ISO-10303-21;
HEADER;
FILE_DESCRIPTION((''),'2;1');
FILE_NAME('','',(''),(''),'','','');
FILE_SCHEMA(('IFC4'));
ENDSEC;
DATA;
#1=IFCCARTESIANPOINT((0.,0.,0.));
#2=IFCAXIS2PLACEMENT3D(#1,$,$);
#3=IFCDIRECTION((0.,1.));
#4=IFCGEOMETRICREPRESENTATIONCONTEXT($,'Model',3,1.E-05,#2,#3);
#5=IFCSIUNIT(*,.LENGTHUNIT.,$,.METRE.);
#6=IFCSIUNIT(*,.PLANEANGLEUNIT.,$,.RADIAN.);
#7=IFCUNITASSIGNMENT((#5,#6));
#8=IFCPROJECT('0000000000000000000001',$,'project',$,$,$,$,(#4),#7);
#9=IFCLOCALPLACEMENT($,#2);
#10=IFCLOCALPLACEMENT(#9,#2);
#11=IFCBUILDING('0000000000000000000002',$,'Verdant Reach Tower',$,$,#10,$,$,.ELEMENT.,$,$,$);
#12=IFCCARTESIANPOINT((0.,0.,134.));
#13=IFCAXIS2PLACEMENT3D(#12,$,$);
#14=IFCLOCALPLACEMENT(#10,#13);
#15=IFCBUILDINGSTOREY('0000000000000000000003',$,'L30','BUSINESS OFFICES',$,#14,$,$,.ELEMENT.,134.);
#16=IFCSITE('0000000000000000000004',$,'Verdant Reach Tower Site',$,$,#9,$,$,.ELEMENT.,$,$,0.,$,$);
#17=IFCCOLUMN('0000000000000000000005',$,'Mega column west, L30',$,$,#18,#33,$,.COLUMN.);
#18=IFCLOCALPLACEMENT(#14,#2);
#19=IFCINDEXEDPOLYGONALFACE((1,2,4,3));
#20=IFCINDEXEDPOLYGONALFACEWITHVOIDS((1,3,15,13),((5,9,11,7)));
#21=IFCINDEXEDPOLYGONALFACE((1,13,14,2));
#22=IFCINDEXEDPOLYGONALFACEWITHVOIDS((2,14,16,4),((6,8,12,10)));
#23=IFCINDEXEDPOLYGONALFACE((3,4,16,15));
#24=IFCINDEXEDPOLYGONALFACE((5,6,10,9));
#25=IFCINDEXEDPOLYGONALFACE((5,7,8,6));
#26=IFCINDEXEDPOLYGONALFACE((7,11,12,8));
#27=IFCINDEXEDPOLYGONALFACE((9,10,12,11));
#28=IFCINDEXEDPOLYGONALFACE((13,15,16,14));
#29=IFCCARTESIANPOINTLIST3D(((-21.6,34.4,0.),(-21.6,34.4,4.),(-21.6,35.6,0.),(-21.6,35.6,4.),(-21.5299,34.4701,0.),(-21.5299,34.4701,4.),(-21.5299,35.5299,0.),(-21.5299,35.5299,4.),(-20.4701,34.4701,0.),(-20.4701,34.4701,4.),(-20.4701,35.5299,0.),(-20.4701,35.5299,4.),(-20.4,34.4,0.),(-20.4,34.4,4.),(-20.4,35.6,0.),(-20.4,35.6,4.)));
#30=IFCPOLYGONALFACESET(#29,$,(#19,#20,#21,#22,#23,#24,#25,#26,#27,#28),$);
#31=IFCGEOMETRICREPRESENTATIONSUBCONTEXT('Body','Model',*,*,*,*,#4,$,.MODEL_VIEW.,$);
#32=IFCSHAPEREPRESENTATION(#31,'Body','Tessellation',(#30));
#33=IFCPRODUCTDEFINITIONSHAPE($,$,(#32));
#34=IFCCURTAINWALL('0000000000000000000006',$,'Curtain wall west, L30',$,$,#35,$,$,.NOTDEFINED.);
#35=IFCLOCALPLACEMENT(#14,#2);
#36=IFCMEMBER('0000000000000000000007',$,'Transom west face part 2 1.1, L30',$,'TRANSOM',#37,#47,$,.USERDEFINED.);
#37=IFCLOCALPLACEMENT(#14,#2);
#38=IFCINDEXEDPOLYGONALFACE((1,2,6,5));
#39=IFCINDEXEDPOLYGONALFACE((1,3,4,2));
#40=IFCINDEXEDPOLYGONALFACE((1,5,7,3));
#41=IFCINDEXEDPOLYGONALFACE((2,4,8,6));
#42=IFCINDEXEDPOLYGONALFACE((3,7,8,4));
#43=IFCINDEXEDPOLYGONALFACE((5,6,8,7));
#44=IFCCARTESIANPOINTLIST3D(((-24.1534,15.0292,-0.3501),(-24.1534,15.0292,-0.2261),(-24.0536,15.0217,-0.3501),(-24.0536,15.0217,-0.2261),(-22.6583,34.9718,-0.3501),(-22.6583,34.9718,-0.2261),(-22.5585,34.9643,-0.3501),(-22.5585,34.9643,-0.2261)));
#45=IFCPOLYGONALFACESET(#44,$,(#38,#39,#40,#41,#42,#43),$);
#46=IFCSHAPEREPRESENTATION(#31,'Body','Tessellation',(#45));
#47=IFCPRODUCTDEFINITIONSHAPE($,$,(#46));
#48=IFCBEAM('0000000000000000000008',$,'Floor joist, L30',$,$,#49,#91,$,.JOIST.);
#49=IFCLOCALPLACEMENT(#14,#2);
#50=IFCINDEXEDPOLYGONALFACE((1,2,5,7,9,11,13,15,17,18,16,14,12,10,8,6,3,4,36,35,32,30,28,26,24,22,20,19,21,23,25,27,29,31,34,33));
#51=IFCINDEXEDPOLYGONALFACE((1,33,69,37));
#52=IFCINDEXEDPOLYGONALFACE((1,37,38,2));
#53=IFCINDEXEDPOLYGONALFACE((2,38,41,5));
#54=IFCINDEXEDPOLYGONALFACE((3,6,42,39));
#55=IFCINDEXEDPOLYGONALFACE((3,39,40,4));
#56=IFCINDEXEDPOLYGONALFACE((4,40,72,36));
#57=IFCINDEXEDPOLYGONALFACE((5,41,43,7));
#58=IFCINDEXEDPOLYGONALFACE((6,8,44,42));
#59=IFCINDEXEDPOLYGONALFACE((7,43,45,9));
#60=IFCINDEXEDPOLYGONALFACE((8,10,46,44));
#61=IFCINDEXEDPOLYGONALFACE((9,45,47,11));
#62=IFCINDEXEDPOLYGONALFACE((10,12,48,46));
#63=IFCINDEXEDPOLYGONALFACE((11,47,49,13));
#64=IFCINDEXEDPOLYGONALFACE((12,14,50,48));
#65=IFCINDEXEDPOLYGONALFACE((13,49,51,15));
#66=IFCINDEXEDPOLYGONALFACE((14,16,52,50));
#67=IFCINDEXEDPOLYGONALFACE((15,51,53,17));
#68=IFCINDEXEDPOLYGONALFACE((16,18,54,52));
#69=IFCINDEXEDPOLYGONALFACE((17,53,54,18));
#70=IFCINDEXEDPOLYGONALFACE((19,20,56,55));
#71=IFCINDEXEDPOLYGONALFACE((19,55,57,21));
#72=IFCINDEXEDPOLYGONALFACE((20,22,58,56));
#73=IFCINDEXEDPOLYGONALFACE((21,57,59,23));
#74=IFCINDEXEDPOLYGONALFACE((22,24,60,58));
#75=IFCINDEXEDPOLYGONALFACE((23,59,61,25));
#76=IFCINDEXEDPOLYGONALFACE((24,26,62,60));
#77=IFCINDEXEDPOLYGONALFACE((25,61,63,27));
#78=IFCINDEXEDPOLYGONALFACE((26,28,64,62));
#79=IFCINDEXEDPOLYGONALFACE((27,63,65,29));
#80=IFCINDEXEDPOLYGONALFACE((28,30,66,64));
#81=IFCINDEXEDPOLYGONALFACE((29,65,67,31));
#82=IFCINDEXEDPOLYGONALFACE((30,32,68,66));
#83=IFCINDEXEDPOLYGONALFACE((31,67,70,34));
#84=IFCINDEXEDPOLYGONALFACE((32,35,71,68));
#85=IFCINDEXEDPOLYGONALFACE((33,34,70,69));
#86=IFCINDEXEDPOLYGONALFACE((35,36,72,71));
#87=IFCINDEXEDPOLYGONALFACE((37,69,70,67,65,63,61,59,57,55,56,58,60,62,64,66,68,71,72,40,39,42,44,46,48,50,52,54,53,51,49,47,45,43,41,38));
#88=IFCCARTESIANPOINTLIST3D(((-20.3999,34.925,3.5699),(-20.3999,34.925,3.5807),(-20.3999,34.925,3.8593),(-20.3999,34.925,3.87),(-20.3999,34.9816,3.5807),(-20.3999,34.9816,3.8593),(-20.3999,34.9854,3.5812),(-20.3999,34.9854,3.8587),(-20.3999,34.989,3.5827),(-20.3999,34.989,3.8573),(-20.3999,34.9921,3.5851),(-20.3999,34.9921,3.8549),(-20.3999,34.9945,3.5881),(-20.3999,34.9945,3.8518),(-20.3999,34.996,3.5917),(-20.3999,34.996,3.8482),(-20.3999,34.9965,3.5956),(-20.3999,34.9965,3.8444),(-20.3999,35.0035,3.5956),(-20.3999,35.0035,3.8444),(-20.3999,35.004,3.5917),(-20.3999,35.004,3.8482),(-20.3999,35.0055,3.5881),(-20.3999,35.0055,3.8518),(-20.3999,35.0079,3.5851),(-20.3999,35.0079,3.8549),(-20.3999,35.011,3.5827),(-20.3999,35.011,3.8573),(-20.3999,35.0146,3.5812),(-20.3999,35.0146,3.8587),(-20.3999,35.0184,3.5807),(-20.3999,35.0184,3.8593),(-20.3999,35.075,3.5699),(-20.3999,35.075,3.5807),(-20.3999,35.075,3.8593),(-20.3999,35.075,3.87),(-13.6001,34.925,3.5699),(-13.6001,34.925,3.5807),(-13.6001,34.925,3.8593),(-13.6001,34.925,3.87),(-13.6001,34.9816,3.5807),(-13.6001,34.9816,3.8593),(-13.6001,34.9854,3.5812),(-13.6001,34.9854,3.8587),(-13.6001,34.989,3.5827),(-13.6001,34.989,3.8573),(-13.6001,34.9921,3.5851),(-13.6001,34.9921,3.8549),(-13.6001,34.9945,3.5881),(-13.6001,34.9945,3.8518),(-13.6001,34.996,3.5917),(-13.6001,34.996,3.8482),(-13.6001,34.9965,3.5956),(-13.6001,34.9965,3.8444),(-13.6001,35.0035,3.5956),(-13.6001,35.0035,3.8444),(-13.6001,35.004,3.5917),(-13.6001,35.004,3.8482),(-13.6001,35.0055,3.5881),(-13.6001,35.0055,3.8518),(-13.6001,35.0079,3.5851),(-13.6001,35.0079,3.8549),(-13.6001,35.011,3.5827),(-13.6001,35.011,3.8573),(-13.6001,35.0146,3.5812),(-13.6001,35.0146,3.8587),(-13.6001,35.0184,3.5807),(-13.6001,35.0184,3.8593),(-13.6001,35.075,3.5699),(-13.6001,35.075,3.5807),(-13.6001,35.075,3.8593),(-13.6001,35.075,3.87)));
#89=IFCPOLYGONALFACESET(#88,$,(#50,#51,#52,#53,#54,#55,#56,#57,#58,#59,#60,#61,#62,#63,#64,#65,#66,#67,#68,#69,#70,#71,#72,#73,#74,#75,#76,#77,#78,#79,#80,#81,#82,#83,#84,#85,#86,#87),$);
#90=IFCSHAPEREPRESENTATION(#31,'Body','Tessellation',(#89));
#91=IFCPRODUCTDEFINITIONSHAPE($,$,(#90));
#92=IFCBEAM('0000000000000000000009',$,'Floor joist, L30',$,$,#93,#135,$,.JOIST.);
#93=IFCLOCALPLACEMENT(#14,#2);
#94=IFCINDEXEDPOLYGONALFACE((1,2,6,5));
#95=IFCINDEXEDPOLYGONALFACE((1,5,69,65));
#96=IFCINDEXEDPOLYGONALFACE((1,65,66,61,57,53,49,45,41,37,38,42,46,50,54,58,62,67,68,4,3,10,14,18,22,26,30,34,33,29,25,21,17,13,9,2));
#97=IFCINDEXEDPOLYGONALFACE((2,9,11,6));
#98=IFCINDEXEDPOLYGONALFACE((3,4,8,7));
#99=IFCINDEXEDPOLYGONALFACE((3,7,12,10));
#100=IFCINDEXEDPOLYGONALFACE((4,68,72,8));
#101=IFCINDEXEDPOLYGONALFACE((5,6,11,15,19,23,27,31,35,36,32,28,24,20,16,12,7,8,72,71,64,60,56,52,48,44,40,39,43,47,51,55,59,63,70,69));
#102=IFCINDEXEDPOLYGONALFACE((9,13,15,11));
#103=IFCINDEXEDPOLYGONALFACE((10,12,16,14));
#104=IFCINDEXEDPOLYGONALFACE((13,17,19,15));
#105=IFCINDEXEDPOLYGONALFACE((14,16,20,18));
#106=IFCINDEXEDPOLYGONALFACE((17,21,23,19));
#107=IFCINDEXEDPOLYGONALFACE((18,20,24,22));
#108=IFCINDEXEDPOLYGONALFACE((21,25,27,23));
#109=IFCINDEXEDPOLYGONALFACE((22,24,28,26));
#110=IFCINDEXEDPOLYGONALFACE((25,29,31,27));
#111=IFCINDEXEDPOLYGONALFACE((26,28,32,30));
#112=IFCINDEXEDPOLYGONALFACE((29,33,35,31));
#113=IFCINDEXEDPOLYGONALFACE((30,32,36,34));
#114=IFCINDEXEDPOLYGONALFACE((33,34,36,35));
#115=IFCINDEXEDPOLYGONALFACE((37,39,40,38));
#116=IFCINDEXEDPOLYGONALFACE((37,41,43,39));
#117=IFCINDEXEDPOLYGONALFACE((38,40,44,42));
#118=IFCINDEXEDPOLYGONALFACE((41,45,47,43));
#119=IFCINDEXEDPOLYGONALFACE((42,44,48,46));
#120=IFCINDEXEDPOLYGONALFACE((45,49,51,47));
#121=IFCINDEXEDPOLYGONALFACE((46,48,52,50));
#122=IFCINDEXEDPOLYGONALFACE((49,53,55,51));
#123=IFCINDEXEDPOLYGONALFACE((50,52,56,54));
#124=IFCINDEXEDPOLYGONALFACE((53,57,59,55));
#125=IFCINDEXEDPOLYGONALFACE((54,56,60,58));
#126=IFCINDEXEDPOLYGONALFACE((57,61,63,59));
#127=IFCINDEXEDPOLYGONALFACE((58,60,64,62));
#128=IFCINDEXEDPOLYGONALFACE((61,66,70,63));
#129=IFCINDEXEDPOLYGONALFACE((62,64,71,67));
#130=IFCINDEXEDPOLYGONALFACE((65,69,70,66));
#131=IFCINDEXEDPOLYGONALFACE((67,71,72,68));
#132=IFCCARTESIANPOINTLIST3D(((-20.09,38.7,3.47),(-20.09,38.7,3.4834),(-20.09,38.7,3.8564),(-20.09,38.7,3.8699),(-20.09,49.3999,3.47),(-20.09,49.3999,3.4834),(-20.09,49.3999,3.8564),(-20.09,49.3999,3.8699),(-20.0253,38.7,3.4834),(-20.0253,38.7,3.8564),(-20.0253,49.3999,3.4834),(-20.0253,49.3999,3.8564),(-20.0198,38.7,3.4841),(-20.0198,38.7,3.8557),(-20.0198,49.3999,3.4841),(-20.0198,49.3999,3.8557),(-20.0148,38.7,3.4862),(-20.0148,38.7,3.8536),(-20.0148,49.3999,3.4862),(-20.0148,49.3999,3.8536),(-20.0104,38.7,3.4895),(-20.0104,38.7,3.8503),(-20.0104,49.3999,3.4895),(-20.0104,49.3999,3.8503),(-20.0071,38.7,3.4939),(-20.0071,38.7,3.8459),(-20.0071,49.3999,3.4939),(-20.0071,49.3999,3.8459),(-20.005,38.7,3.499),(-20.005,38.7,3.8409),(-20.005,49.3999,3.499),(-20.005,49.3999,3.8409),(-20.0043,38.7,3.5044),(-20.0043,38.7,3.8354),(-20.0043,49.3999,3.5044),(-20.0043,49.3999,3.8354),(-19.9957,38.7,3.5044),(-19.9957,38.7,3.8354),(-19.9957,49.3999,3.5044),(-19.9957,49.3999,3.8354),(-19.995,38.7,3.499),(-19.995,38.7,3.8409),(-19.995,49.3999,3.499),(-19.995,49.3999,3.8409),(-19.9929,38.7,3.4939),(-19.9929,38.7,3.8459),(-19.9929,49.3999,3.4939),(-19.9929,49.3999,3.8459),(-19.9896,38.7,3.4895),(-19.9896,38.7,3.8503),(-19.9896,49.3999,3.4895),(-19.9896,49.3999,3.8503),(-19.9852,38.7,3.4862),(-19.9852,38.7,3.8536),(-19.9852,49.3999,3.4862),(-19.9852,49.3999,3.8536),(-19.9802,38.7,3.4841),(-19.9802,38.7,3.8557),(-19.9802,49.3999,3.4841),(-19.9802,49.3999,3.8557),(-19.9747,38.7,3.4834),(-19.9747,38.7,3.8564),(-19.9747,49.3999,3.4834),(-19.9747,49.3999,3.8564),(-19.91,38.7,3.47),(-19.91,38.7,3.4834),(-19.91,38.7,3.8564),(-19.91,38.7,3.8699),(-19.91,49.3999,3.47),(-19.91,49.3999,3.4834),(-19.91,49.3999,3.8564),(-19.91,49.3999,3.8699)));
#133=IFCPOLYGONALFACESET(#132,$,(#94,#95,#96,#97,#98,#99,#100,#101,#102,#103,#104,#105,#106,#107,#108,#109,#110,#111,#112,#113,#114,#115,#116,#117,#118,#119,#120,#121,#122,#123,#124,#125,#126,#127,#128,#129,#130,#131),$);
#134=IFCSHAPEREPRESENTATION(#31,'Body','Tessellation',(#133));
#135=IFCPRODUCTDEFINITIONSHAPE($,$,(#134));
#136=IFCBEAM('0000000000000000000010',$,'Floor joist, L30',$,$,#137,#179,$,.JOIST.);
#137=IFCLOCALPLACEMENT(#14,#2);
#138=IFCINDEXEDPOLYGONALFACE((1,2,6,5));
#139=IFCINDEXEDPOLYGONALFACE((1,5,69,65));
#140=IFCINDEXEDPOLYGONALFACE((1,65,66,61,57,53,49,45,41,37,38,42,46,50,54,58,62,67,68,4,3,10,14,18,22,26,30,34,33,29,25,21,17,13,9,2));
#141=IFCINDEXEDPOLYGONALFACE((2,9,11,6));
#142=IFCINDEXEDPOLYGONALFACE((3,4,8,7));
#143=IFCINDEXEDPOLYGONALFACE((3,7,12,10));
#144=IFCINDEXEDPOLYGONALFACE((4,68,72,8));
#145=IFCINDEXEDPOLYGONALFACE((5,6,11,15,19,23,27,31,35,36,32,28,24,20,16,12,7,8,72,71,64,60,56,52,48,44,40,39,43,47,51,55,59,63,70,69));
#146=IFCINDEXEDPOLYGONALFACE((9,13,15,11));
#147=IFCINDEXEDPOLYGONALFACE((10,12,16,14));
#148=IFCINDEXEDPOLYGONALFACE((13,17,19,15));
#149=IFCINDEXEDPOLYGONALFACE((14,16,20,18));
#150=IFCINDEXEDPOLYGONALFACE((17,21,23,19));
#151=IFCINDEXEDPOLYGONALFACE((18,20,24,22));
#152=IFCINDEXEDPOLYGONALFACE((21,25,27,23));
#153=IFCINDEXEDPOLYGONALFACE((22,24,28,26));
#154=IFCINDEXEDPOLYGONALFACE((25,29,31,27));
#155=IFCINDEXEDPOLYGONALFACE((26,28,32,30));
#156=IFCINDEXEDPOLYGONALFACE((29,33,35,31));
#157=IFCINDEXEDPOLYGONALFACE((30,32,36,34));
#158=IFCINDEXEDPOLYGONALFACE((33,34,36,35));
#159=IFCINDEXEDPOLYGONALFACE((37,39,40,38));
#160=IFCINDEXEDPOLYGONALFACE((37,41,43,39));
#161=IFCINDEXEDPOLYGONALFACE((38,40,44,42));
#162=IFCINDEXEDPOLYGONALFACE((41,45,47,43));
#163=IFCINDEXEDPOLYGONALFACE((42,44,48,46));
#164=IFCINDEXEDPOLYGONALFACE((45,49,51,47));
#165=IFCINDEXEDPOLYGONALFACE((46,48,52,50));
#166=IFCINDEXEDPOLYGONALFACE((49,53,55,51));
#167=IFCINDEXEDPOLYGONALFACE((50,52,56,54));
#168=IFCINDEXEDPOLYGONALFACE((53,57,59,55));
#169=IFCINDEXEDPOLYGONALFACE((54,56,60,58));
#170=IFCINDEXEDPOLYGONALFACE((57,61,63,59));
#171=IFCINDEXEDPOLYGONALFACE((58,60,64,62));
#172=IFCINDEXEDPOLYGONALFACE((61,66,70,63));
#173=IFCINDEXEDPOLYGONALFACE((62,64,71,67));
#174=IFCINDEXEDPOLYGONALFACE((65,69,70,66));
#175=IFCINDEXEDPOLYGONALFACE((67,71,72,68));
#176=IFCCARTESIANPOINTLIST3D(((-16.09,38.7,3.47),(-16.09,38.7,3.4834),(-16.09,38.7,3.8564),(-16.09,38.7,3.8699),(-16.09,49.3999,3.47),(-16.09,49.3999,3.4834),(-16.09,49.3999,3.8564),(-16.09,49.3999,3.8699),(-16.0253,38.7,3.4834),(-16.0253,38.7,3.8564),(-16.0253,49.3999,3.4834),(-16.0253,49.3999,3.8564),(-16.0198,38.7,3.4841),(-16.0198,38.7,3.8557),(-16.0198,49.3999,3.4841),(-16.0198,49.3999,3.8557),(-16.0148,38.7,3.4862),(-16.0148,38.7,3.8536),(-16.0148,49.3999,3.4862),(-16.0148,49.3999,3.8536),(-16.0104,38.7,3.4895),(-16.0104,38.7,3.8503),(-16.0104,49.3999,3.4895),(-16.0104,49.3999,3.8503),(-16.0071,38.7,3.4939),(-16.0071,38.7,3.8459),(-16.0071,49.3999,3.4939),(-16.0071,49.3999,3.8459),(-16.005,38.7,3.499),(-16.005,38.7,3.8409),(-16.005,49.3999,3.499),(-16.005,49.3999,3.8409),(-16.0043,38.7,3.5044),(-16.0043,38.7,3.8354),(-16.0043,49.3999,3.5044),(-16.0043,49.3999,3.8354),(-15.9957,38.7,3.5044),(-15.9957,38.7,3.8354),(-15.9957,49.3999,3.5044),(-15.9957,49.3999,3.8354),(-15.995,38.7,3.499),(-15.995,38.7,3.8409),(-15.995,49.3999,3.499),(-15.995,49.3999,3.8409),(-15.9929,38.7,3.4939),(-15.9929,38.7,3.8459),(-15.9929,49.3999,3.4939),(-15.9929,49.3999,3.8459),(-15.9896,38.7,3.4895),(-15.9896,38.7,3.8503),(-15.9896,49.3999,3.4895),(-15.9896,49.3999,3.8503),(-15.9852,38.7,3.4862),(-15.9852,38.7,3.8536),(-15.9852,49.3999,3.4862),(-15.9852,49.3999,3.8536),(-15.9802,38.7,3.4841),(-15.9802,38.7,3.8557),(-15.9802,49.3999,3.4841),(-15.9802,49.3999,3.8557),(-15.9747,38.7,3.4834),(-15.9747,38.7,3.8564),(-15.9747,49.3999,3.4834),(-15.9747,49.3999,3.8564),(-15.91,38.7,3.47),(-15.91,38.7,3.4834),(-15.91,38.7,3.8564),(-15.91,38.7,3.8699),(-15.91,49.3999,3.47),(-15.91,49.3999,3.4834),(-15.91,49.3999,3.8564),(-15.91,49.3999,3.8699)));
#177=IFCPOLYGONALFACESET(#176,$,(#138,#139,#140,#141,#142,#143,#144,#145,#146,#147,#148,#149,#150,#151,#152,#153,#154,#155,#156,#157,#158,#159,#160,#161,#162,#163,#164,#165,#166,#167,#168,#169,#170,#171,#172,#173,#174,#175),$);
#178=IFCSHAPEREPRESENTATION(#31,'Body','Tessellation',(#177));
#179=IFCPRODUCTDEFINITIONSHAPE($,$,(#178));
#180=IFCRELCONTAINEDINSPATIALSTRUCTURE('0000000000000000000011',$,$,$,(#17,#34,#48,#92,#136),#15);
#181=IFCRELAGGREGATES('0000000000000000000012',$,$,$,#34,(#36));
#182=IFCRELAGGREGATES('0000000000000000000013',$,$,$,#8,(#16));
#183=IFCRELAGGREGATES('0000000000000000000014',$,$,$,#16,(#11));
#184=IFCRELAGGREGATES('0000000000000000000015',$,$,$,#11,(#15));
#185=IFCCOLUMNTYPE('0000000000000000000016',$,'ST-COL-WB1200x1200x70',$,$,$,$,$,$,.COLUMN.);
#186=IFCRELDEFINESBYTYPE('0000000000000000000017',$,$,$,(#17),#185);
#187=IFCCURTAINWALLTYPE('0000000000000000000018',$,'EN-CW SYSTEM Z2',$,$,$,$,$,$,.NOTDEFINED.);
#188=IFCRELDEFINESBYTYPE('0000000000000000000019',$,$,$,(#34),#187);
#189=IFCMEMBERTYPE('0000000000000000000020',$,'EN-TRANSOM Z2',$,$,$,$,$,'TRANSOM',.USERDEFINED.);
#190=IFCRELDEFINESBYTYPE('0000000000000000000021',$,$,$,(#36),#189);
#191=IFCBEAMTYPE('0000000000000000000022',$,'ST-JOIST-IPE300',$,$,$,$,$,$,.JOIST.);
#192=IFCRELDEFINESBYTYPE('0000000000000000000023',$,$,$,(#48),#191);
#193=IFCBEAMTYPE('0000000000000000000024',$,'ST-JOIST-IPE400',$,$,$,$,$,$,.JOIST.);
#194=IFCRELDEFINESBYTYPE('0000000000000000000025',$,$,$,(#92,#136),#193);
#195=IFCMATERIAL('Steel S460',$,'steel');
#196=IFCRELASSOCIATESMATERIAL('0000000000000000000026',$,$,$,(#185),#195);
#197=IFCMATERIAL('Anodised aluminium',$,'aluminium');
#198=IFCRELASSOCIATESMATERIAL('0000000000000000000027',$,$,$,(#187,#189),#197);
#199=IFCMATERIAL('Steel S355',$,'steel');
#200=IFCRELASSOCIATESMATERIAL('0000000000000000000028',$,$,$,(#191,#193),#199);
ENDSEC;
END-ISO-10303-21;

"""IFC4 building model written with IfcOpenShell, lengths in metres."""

from ifc_helpers import new_model, si_unit, direction, frame, origin, origin_2d, place, context, subcontext, project, spatial, rectangle, hollow_rectangle, i_section, extrude, material, material_profile, profile_set, type_object, element, aggregate, save


model = new_model("IFC4")

# Units and contexts
model_context = context("Model", 3, precision=1e-05, world=origin(), true_north=direction((0.0, 1.0)))
body_context = subcontext(model_context, "Body", "Model", "MODEL_VIEW")
ifc_project = project(units=[si_unit("LENGTHUNIT", "METRE"), si_unit("PLANEANGLEUNIT", "RADIAN")], contexts=[model_context])

# Site, building, storey
site_placement = place(None, origin())
site = spatial("IfcSite", under=ifc_project, at=site_placement, Name="Verdant Reach Tower Site", CompositionType="ELEMENT", RefElevation=0.0)
building_placement = place(site_placement, origin())
building = spatial("IfcBuilding", under=site, at=building_placement, Name="Verdant Reach Tower", CompositionType="ELEMENT")
storey_placement = place(building_placement, frame((0.0, 0.0, 134.0)))
storey = spatial("IfcBuildingStorey", under=building, at=storey_placement, Name="L30", Description="BUSINESS OFFICES", CompositionType="ELEMENT", Elevation=134.0)

# Column
ifc_material_1 = material(Name="Steel S460", Category="steel")
ifc_material_profile_1 = material_profile(ifc_material_1, hollow_rectangle(XDim=1.2, YDim=1.2, WallThickness=0.0701, at=origin_2d()), Name="WB 1200x1200x70")
ifc_profile_set_1 = profile_set([ifc_material_profile_1], Name="Steel S460")
column_type = type_object("IfcColumnType", Name="ST-COL-WB1200x1200x70", PredefinedType="COLUMN", material=ifc_profile_set_1)
column_placement = place(storey_placement, frame((-21.0, 35.0, 0.0), z_axis=(0.0, 0.0, 1.0), x_axis=(1.0, 0.0, 0.0)))
element("IfcColumn", 1, at=column_placement, inside=storey, type_object=column_type, Name="Mega column west, L30", PredefinedType="COLUMN", context=body_context, shape_type="SweptSolid", body=[
    extrude(hollow_rectangle(XDim=1.2, YDim=1.2, WallThickness=0.0701, at=origin_2d()), origin(), (0.0, 0.0, 1.0), 4.0),
])

# Curtain wall, member
ifc_material_2 = material(Name="Anodised aluminium", Category="aluminium")
curtain_wall_type = type_object("IfcCurtainWallType", Name="EN-CW SYSTEM Z2", PredefinedType="NOTDEFINED", material=ifc_material_2)
curtain_wall_placement = place(storey_placement, origin())
curtain_wall = element("IfcCurtainWall", 2, at=curtain_wall_placement, inside=storey, type_object=curtain_wall_type, Name="Curtain wall west, L30", PredefinedType="NOTDEFINED")
ifc_material_profile_2 = material_profile(ifc_material_2, rectangle(XDim=0.1001, YDim=0.124, at=origin_2d()), Name="Transom 124x100")
ifc_profile_set_2 = profile_set([ifc_material_profile_2], Name="Anodised aluminium")
member_type = type_object("IfcMemberType", Name="EN-TRANSOM Z2", ElementType="TRANSOM", PredefinedType="USERDEFINED", material=ifc_profile_set_2)
member_placement = place(storey_placement, frame((-22.6084, 34.968, -0.2881), z_axis=(-0.074761, -0.997201, 0.0), x_axis=(0.997201, -0.074761, 0.0)))
member = element("IfcMember", 3, at=member_placement, type_object=member_type, Name="Transom west face part 2 1.1, L30", ObjectType="TRANSOM", PredefinedType="USERDEFINED", context=body_context, shape_type="SweptSolid", body=[
    extrude(rectangle(XDim=0.1001, YDim=0.124, at=origin_2d()), origin(), (0.0, 0.0, 1.0), 19.9985),
])

# Beams
ifc_material_3 = material(Name="Steel S355", Category="steel")
ifc_material_profile_3 = material_profile(ifc_material_3, i_section(OverallWidth=0.1499, OverallDepth=0.3, WebThickness=0.0071, FlangeThickness=0.0107, FilletRadius=0.0149, at=origin_2d()), Name="IPE 300")
ifc_profile_set_3 = profile_set([ifc_material_profile_3], Name="Steel S355")
beam_type_1 = type_object("IfcBeamType", Name="ST-JOIST-IPE300", PredefinedType="JOIST", material=ifc_profile_set_3)
beam_1_placement = place(storey_placement, frame((-13.6001, 35.0, 3.72), z_axis=(-1.0, 0.0, 0.0), x_axis=(0.0, -1.0, 0.0)))
element("IfcBeam", 4, at=beam_1_placement, inside=storey, type_object=beam_type_1, Name="Floor joist, L30", PredefinedType="JOIST", context=body_context, shape_type="SweptSolid", body=[
    extrude(i_section(OverallWidth=0.1499, OverallDepth=0.3, WebThickness=0.0071, FlangeThickness=0.0107, FilletRadius=0.0149, at=origin_2d()), origin(), (0.0, 0.0, 1.0), 6.7998),
])
ifc_material_profile_4 = material_profile(ifc_material_3, i_section(OverallWidth=0.1799, OverallDepth=0.3999, WebThickness=0.0085, FlangeThickness=0.0134, FilletRadius=0.021, at=origin_2d()), Name="IPE 400")
ifc_profile_set_4 = profile_set([ifc_material_profile_4], Name="Steel S355")
beam_type_2 = type_object("IfcBeamType", Name="ST-JOIST-IPE400", PredefinedType="JOIST", material=ifc_profile_set_4)
for number, where, z_axis, x_axis, name in (
    (5, (-20.0, 38.7, 3.6699), (0.0, 1.0, 0.0), (-1.0, 0.0, 0.0), "Floor joist, L30"),
    (6, (-16.0, 38.7, 3.6699), (0.0, 1.0, 0.0), (-1.0, 0.0, 0.0), "Floor joist, L30"),
):
    element("IfcBeam", number, at=place(storey_placement, frame(where, z_axis=z_axis, x_axis=x_axis)), inside=storey, type_object=beam_type_2, Name=name, PredefinedType="JOIST", context=body_context, shape_type="SweptSolid", body=[
        extrude(i_section(OverallWidth=0.1799, OverallDepth=0.3999, WebThickness=0.0085, FlangeThickness=0.0134, FilletRadius=0.021, at=origin_2d()), origin(), (0.0, 0.0, 1.0), 10.7),
    ])

aggregate(curtain_wall, [member])

save(model, "model.ifc")
